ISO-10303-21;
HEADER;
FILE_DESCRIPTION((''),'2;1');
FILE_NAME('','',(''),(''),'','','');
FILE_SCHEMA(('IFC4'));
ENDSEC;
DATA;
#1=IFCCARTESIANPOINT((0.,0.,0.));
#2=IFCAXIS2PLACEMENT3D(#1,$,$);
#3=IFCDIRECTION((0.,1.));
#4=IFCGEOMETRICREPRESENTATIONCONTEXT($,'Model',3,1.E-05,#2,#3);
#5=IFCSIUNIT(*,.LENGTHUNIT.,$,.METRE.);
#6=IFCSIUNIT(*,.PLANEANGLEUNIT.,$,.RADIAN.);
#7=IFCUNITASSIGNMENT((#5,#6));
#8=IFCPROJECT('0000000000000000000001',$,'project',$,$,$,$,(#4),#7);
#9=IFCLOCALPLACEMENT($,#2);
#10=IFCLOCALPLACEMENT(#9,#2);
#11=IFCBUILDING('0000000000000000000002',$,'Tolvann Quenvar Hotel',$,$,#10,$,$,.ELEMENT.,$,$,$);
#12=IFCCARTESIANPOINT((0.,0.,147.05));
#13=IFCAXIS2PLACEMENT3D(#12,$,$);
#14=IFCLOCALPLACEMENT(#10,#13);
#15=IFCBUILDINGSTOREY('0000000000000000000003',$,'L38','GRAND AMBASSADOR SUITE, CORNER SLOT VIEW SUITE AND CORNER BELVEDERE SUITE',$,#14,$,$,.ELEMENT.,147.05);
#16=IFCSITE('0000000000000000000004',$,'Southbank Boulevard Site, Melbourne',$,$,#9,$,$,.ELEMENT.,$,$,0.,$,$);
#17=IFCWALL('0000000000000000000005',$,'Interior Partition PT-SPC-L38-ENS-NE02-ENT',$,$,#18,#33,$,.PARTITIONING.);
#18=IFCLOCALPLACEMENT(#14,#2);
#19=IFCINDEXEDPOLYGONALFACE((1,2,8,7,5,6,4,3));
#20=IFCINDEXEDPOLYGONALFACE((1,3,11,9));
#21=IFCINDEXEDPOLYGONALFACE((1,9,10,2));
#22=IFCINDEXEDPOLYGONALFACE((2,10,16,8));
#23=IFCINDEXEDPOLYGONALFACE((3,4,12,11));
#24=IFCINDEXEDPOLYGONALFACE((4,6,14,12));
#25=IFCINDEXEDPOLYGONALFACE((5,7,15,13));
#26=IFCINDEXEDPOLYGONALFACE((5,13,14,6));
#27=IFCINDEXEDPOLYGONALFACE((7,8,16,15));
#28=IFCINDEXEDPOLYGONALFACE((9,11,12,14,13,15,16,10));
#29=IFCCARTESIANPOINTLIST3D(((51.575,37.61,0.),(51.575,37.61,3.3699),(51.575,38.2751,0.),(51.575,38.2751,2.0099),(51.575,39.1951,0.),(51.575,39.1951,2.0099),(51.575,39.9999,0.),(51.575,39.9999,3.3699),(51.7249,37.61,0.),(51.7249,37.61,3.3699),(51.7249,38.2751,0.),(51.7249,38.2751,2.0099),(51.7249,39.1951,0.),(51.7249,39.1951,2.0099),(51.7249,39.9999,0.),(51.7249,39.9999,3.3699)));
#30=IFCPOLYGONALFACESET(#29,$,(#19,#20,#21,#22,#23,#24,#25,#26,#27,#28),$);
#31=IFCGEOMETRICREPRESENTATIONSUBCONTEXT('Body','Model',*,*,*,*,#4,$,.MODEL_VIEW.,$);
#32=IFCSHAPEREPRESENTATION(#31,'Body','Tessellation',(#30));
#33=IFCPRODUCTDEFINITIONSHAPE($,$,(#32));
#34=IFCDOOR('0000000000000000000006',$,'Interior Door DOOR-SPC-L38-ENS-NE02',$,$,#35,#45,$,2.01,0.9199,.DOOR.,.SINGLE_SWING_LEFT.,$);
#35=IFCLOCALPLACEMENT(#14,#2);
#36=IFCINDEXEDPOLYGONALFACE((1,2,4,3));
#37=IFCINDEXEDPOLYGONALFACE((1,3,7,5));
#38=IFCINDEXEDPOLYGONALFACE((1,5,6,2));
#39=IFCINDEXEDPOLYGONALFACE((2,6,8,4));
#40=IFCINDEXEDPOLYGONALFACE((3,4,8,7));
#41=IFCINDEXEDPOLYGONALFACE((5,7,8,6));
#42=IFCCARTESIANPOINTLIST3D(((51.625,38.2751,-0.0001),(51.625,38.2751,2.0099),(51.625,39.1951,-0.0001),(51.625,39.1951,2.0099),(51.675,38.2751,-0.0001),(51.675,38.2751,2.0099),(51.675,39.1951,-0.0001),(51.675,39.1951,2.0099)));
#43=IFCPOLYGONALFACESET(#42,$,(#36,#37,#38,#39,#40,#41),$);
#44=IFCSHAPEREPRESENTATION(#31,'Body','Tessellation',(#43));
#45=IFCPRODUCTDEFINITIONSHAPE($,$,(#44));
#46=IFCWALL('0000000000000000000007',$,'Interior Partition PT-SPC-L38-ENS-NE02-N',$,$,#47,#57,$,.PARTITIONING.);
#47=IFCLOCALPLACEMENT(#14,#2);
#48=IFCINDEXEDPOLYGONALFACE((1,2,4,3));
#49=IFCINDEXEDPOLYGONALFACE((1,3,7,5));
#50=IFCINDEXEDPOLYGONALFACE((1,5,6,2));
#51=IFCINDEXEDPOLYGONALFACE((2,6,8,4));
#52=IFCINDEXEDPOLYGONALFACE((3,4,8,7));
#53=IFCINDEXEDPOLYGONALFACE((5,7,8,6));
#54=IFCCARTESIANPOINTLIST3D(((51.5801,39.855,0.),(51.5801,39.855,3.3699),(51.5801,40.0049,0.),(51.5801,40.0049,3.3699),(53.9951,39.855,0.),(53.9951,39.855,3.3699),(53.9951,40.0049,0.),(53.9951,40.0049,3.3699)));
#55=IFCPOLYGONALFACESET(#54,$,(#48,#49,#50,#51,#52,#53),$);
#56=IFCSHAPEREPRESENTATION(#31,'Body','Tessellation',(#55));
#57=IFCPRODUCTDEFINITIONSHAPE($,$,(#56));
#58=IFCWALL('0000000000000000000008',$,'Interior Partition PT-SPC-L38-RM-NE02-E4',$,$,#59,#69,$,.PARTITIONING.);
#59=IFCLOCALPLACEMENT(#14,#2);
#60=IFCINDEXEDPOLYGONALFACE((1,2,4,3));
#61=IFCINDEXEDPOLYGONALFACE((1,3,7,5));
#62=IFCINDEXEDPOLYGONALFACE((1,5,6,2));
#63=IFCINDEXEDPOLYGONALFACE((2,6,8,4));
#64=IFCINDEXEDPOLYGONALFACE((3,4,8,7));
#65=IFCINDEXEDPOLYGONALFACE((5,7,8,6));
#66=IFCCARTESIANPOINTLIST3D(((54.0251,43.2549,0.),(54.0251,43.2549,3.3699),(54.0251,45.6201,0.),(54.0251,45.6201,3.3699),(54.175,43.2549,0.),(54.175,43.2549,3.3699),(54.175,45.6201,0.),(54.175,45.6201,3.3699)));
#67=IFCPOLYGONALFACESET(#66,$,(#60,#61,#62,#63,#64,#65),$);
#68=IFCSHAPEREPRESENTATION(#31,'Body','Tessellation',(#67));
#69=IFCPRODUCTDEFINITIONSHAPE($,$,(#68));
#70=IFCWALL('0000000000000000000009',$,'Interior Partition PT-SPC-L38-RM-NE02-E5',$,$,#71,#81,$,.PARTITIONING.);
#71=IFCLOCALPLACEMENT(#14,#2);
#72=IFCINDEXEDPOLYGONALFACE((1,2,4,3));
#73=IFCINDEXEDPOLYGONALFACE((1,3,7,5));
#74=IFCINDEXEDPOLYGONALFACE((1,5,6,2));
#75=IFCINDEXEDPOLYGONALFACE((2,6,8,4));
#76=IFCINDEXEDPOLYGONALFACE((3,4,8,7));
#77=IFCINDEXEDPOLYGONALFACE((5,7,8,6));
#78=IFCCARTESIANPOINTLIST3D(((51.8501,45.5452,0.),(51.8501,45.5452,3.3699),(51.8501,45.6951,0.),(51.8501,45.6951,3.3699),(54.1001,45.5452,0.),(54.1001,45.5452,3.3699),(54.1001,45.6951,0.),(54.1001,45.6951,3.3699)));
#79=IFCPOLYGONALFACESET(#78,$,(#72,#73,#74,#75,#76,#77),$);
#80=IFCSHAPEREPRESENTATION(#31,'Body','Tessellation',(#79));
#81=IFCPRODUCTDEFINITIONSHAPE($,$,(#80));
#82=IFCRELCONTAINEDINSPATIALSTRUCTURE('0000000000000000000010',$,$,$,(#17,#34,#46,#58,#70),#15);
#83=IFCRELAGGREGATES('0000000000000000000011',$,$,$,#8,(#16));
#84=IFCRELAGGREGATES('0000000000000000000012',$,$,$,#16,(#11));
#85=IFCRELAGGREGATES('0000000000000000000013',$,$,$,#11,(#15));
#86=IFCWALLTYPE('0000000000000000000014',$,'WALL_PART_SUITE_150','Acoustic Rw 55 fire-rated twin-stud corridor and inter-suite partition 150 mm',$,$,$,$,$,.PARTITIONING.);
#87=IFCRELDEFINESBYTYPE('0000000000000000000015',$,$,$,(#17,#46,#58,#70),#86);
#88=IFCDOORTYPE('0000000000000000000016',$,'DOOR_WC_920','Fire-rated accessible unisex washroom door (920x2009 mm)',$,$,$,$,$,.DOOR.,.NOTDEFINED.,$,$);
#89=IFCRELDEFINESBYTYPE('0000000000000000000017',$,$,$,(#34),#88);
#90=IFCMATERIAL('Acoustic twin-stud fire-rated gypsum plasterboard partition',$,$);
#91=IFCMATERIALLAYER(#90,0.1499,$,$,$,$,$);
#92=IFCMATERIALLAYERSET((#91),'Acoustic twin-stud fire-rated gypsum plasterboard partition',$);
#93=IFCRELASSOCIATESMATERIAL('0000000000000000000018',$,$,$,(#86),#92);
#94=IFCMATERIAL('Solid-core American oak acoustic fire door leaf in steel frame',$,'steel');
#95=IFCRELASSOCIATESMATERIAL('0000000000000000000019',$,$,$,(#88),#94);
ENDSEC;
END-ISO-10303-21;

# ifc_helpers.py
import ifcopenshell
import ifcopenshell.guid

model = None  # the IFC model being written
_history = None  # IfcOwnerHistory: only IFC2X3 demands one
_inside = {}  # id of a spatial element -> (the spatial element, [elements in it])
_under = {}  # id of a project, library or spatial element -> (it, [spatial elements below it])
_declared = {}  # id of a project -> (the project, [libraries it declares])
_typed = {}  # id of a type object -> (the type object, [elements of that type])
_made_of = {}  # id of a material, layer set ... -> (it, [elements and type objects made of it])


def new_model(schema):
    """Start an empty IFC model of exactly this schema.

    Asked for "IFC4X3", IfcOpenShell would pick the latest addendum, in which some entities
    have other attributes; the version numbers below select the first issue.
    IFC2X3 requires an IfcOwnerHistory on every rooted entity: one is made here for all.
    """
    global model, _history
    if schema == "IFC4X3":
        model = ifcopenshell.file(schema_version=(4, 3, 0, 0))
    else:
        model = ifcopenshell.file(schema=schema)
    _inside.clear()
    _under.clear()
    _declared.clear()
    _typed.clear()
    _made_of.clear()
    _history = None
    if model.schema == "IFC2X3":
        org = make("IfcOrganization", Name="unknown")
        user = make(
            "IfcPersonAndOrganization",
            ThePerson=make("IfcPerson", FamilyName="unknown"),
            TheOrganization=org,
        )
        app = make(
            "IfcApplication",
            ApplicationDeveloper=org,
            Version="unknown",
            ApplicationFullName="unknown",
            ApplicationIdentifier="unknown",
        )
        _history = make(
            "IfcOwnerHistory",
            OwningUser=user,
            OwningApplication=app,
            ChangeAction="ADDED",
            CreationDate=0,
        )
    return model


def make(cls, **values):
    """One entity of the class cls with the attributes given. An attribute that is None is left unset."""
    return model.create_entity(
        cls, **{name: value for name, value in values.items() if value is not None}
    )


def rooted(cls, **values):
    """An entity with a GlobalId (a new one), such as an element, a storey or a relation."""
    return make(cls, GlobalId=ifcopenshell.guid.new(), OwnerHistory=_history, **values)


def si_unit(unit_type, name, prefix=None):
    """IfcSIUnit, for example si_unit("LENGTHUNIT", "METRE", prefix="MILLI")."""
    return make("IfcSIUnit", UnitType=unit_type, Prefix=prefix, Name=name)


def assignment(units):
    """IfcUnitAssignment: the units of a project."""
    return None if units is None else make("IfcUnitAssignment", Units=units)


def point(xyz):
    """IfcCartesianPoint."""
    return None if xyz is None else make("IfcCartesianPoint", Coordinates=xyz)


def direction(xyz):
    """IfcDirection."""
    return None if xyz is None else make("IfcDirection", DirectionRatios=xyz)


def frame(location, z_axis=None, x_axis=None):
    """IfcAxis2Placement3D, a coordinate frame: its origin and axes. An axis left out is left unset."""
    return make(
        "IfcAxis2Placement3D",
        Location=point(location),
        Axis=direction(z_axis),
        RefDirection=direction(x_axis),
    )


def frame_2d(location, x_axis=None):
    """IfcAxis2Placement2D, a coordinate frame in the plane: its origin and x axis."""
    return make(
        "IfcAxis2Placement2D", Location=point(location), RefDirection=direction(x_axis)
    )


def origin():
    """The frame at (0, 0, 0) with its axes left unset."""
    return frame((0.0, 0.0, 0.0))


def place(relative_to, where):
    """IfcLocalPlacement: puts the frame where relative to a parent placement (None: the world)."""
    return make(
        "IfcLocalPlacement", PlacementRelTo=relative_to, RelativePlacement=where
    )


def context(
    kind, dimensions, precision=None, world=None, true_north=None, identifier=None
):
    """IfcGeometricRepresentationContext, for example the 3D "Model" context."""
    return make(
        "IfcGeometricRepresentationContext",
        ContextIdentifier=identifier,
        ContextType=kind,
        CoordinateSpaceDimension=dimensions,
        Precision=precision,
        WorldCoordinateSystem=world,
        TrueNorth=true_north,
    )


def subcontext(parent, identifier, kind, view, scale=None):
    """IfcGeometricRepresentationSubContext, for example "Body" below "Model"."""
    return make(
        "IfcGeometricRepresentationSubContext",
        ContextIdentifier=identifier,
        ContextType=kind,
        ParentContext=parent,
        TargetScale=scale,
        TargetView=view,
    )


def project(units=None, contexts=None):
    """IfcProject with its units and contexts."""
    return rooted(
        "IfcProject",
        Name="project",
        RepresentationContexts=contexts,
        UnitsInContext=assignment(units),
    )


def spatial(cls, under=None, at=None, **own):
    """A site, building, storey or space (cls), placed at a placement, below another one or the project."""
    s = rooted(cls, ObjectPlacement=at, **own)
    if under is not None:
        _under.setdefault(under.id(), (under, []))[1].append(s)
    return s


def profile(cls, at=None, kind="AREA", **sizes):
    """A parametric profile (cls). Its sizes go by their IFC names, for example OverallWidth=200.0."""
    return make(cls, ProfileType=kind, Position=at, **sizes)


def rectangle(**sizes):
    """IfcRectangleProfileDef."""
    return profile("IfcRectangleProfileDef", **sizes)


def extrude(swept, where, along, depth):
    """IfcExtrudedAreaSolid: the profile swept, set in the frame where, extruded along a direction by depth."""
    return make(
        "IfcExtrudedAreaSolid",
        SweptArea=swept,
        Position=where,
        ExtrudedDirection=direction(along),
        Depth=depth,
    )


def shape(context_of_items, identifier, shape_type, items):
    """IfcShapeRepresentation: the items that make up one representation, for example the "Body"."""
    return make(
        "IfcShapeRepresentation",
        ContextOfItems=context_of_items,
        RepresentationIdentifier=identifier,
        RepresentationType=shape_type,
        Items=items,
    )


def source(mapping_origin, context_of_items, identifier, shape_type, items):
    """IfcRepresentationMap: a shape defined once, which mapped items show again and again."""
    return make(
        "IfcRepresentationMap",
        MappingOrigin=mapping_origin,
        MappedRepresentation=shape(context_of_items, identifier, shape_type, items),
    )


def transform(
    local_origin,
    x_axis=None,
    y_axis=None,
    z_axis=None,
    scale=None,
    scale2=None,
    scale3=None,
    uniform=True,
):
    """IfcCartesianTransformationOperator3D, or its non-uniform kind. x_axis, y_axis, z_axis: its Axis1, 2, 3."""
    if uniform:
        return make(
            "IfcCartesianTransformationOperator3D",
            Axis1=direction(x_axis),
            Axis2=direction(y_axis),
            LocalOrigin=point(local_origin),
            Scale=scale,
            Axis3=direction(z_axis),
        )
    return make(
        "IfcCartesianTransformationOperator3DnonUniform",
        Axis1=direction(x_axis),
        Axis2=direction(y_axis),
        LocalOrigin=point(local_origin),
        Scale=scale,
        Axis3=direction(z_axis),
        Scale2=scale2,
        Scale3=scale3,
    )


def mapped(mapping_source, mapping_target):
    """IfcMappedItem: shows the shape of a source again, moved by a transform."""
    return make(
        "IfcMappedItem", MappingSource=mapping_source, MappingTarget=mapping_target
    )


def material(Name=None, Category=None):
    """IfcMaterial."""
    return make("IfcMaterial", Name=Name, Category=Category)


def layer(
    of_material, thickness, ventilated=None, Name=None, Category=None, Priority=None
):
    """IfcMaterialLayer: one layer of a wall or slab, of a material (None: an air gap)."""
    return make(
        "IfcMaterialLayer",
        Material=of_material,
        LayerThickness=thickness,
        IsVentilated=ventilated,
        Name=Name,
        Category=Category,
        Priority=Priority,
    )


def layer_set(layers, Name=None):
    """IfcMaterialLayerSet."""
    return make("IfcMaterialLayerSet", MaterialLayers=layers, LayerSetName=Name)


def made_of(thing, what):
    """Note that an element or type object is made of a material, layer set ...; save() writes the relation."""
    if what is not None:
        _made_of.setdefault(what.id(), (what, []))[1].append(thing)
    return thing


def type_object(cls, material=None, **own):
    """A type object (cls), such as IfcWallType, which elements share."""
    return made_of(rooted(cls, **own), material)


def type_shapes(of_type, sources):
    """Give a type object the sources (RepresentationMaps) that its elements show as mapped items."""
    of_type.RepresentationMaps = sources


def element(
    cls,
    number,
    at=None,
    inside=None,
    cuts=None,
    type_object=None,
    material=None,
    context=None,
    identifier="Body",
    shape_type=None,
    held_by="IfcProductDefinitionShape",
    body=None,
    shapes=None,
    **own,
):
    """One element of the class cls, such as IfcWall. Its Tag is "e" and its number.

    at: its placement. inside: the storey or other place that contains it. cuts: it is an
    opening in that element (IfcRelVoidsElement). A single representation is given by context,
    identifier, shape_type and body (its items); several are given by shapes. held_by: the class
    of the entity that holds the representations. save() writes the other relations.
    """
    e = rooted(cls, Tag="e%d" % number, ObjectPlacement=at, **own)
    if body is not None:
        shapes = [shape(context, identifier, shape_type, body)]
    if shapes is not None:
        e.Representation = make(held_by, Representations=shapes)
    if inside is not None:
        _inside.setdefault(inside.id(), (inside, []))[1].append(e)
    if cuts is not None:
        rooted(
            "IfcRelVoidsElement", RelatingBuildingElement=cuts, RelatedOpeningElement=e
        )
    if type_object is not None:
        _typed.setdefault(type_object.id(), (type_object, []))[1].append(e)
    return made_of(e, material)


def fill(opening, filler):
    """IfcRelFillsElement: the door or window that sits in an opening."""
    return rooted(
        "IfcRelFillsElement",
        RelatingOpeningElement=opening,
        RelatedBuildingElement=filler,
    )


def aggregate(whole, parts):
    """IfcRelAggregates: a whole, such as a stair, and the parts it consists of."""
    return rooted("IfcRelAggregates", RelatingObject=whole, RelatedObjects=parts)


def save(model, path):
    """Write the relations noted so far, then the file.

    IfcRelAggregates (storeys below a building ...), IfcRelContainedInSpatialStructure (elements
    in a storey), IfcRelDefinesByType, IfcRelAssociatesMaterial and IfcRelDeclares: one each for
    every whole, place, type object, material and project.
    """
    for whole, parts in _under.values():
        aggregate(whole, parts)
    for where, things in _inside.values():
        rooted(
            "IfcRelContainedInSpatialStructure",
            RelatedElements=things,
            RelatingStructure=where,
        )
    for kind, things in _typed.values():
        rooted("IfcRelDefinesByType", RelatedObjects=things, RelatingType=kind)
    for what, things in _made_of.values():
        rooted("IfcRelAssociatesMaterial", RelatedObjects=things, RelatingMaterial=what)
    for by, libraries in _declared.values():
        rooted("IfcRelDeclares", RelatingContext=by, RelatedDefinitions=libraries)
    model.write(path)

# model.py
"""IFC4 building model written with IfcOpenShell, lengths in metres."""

from ifc_helpers import new_model, si_unit, direction, frame, frame_2d, origin, place, context, subcontext, project, spatial, rectangle, extrude, source, transform, mapped, material, layer, layer_set, type_object, type_shapes, element, fill, save


model = new_model("IFC4")

# Units and contexts
model_context = context("Model", 3, precision=1e-05, world=origin(), true_north=direction((0.0, 1.0)))
body_context = subcontext(model_context, "Body", "Model", "MODEL_VIEW")
ifc_project = project(units=[si_unit("LENGTHUNIT", "METRE"), si_unit("PLANEANGLEUNIT", "RADIAN")], contexts=[model_context])

# Site, building, storey
site_placement = place(None, origin())
site = spatial("IfcSite", under=ifc_project, at=site_placement, Name="Southbank Boulevard Site, Melbourne", CompositionType="ELEMENT", RefElevation=0.0)
building_placement = place(site_placement, origin())
building = spatial("IfcBuilding", under=site, at=building_placement, Name="Tolvann Quenvar Hotel", CompositionType="ELEMENT")
storey_placement = place(building_placement, frame((0.0, 0.0, 147.05)))
storey = spatial("IfcBuildingStorey", under=building, at=storey_placement, Name="L38", Description="GRAND AMBASSADOR SUITE, CORNER SLOT VIEW SUITE AND CORNER BELVEDERE SUITE", CompositionType="ELEMENT", Elevation=147.05)

# Wall, opening, door
ifc_material_1 = material(Name="Acoustic twin-stud fire-rated gypsum plasterboard partition")
ifc_layer_1 = layer(ifc_material_1, 0.1499)
ifc_layer_set_1 = layer_set([ifc_layer_1], Name="Acoustic twin-stud fire-rated gypsum plasterboard partition")
wall_type_1 = type_object("IfcWallType", Name="WALL_PART_SUITE_150", Description="Acoustic Rw 55 fire-rated twin-stud corridor and inter-suite partition 150 mm", PredefinedType="PARTITIONING", material=ifc_layer_set_1)
ifc_material_2 = material(Name="Solid-core American oak acoustic fire door leaf in steel frame", Category="steel")
door_type = type_object("IfcDoorType", Name="DOOR_WC_920", Description="Fire-rated accessible unisex washroom door (920x2009 mm)", OperationType="NOTDEFINED", PredefinedType="DOOR", material=ifc_material_2)
shared_shape_1 = source(origin(), body_context, "Body", "SweptSolid", [
    extrude(rectangle(XDim=0.9199, YDim=2.01, at=frame_2d((0.46, 1.0049))), frame((0.0, 0.0249, 0.0), z_axis=(0.0, -1.0, 0.0), x_axis=(1.0, 0.0, 0.0)), (0.0, 0.0, 1.0), 0.05),
])
type_shapes(door_type, [shared_shape_1])
wall_1_placement = place(storey_placement, frame((51.6499, 37.6101, 0.0), z_axis=(0.0, 0.0, 1.0), x_axis=(0.0, 1.0, 0.0)))
wall_1 = element("IfcWall", 1, at=wall_1_placement, inside=storey, type_object=wall_type_1, Name="Interior Partition PT-SPC-L38-ENS-NE02-ENT", PredefinedType="PARTITIONING", context=body_context, shape_type="SweptSolid", body=[
    extrude(rectangle(XDim=2.3899, YDim=0.1499, at=frame_2d((1.1948, 0.0))), origin(), (0.0, 0.0, 1.0), 3.3699),
])
opening_1_placement = place(wall_1_placement, frame((0.665, 0.0, 0.0)))
opening_1 = element("IfcOpeningElement", 2, at=opening_1_placement, cuts=wall_1, PredefinedType="OPENING", context=body_context, shape_type="SweptSolid", body=[
    extrude(rectangle(XDim=0.9199, YDim=2.01, at=frame_2d((0.46, 1.0049))), frame((0.0, 0.085, 0.0), z_axis=(0.0, -1.0, 0.0), x_axis=(1.0, 0.0, 0.0)), (0.0, 0.0, 1.0), 0.1699),
])
door_1_placement = place(opening_1_placement, origin())
door_1 = element("IfcDoor", 3, at=door_1_placement, inside=storey, type_object=door_type, Name="Interior Door DOOR-SPC-L38-ENS-NE02", OperationType="SINGLE_SWING_LEFT", OverallHeight=2.01, OverallWidth=0.9199, PredefinedType="DOOR", context=body_context, shape_type="MappedRepresentation", body=[
    mapped(shared_shape_1, transform((0.0, 0.0, 0.0), x_axis=(1.0, 0.0, 0.0), y_axis=(0.0, 1.0, 0.0), z_axis=(0.0, 0.0, 1.0), scale=1.0)),
])
fill(opening_1, door_1)

# Walls
wall_2_placement = place(storey_placement, frame((51.5801, 39.9299, 0.0), z_axis=(0.0, 0.0, 1.0), x_axis=(1.0, 0.0, 0.0)))
element("IfcWall", 4, at=wall_2_placement, inside=storey, type_object=wall_type_1, Name="Interior Partition PT-SPC-L38-ENS-NE02-N", PredefinedType="PARTITIONING", context=body_context, shape_type="SweptSolid", body=[
    extrude(rectangle(XDim=2.415, YDim=0.1499, at=frame_2d((1.2075, 0.0))), origin(), (0.0, 0.0, 1.0), 3.3699),
])
wall_3_placement = place(storey_placement, frame((54.1001, 43.2549, 0.0), z_axis=(0.0, 0.0, 1.0), x_axis=(0.0, 1.0, 0.0)))
element("IfcWall", 5, at=wall_3_placement, inside=storey, type_object=wall_type_1, Name="Interior Partition PT-SPC-L38-RM-NE02-E4", PredefinedType="PARTITIONING", context=body_context, shape_type="SweptSolid", body=[
    extrude(rectangle(XDim=2.3652, YDim=0.1499, at=frame_2d((1.1826, 0.0))), origin(), (0.0, 0.0, 1.0), 3.3699),
])
wall_4_placement = place(storey_placement, frame((51.8501, 45.6201, 0.0), z_axis=(0.0, 0.0, 1.0), x_axis=(1.0, 0.0, 0.0)))
element("IfcWall", 6, at=wall_4_placement, inside=storey, type_object=wall_type_1, Name="Interior Partition PT-SPC-L38-RM-NE02-E5", PredefinedType="PARTITIONING", context=body_context, shape_type="SweptSolid", body=[
    extrude(rectangle(XDim=2.25, YDim=0.1499, at=frame_2d((1.125, 0.0))), origin(), (0.0, 0.0, 1.0), 3.3699),
])

save(model, "model.ifc")
